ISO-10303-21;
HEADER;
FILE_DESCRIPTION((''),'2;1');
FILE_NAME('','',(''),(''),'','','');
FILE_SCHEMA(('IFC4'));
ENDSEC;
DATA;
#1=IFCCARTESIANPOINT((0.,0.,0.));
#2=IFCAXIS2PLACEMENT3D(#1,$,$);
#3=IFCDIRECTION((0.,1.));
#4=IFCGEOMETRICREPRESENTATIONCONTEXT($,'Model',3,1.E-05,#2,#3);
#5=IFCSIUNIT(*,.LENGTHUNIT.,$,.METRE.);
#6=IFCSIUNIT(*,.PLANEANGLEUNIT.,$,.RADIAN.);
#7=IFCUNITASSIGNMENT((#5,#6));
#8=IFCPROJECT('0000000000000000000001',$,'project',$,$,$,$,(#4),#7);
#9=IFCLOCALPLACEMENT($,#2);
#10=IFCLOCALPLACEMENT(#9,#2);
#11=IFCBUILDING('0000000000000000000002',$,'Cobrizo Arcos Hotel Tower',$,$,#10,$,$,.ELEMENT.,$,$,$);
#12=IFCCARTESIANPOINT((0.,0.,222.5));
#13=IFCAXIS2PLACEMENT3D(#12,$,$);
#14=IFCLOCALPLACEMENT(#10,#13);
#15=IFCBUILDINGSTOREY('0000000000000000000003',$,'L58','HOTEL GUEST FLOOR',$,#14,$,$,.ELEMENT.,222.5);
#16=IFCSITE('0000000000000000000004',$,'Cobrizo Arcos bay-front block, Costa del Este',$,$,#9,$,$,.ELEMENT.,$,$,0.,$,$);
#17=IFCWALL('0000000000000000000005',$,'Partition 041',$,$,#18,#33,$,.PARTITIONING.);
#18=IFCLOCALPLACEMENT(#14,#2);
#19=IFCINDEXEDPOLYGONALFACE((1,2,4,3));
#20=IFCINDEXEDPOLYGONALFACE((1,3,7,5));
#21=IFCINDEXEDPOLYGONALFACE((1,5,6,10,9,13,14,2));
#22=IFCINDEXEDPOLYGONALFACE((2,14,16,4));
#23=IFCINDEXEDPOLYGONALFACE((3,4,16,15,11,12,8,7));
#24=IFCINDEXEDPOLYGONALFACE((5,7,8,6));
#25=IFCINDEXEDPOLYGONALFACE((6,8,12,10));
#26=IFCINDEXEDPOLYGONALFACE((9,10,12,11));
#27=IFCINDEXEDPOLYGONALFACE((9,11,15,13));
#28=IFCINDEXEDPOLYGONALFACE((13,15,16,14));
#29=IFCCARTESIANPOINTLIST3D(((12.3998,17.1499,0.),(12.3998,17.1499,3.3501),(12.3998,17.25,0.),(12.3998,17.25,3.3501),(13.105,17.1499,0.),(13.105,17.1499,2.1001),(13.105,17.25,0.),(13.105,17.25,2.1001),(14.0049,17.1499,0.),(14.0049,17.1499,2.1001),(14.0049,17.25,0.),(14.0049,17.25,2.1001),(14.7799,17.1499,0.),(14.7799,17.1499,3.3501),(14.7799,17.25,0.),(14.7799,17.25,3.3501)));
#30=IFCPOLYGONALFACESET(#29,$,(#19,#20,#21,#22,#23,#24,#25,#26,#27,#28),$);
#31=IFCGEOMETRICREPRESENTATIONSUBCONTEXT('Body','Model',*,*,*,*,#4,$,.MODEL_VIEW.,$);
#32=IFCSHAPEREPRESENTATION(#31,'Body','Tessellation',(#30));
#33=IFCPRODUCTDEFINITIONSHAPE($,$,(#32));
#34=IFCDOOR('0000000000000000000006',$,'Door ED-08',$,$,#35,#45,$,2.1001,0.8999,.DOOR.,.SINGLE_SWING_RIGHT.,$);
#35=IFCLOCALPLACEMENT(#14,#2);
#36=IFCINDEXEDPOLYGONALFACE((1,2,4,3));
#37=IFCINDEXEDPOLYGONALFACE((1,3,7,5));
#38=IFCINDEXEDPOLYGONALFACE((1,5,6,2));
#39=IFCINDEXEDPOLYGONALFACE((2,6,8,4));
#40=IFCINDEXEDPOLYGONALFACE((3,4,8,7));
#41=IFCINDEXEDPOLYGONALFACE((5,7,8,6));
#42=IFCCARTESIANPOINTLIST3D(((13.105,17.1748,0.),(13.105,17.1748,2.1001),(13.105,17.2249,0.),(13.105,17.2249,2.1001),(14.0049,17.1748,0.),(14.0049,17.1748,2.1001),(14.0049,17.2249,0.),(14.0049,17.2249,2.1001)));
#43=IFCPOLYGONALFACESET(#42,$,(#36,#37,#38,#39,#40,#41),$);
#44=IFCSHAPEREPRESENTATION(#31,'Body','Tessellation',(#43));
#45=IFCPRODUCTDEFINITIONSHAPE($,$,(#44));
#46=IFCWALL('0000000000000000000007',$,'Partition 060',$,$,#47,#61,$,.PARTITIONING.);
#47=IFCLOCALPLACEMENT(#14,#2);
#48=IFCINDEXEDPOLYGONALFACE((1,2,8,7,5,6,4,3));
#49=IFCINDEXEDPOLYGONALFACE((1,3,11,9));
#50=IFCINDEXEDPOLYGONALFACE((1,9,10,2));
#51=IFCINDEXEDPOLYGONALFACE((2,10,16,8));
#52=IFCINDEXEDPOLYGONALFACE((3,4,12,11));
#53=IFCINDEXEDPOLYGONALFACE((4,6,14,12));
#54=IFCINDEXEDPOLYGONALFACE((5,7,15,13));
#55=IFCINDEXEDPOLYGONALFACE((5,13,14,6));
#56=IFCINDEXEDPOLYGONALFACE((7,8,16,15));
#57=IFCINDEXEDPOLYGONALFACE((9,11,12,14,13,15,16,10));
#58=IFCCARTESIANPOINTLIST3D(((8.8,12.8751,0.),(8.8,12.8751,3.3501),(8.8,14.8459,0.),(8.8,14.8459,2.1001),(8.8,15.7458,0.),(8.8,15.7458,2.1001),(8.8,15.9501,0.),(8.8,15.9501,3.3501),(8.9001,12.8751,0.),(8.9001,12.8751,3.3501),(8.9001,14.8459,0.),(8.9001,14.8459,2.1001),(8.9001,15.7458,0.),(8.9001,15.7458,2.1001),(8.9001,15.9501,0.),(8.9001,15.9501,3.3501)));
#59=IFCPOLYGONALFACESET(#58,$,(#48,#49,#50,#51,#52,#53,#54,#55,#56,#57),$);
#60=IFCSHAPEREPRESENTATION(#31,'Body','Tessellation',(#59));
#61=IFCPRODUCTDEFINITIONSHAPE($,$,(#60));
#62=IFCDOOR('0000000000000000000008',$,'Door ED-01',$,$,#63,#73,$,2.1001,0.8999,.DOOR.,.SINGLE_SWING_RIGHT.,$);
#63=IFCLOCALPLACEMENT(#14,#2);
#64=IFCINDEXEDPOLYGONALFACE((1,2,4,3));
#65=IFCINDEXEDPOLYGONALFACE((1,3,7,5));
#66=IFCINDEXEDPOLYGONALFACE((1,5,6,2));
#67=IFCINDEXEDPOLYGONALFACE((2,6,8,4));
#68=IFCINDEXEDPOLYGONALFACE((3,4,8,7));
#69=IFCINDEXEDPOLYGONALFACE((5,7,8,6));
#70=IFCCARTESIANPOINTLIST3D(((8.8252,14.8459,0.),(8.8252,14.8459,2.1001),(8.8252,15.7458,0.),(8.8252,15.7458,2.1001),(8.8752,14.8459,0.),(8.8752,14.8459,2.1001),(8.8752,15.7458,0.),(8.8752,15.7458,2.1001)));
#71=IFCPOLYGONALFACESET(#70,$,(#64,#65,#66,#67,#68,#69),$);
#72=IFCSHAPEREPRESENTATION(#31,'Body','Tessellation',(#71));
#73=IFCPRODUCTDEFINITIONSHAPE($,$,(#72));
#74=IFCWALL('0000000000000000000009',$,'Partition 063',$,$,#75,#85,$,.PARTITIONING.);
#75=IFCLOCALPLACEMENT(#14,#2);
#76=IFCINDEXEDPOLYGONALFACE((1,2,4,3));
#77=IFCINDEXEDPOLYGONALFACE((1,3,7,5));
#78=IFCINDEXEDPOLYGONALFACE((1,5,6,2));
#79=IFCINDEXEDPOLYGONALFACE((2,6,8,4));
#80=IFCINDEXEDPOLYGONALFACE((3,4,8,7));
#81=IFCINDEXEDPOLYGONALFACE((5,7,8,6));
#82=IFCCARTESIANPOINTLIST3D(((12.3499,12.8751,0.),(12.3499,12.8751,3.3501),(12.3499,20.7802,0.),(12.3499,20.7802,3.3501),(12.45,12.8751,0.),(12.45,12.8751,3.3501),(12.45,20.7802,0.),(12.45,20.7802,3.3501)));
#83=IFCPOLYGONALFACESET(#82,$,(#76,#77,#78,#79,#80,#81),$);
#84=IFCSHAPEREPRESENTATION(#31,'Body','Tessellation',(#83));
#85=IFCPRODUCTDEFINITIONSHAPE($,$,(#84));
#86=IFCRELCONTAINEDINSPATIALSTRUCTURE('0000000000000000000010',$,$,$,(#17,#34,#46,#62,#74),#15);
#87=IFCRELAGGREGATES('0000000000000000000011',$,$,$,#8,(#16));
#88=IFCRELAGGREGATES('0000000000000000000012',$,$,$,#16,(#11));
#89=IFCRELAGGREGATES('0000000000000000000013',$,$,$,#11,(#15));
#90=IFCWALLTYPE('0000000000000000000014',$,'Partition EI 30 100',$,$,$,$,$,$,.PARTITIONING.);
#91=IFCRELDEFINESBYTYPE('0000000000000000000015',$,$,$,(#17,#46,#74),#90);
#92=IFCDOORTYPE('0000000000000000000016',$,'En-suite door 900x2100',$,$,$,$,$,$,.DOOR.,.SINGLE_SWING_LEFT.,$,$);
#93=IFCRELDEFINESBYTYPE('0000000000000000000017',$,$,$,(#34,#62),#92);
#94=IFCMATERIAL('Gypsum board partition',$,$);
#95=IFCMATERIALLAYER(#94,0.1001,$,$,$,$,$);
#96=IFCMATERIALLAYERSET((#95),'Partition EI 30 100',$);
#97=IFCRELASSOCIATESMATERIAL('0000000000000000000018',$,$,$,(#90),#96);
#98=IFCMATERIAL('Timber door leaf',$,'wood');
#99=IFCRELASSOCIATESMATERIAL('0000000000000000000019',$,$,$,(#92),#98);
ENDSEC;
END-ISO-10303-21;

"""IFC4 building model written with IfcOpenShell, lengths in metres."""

from ifc_helpers import new_model, si_unit, direction, frame, frame_2d, origin, place, context, subcontext, project, spatial, rectangle, extrude, material, layer, layer_set, type_object, element, fill, save


model = new_model("IFC4")

# Units and contexts
model_context = context("Model", 3, precision=1e-05, world=origin(), true_north=direction((0.0, 1.0)))
body_context = subcontext(model_context, "Body", "Model", "MODEL_VIEW")
ifc_project = project(units=[si_unit("LENGTHUNIT", "METRE"), si_unit("PLANEANGLEUNIT", "RADIAN")], contexts=[model_context])

# Site, building, storey
site_placement = place(None, origin())
site = spatial("IfcSite", under=ifc_project, at=site_placement, Name="Cobrizo Arcos bay-front block, Costa del Este", CompositionType="ELEMENT", RefElevation=0.0)
building_placement = place(site_placement, origin())
building = spatial("IfcBuilding", under=site, at=building_placement, Name="Cobrizo Arcos Hotel Tower", CompositionType="ELEMENT")
storey_placement = place(building_placement, frame((0.0, 0.0, 222.5)))
storey = spatial("IfcBuildingStorey", under=building, at=storey_placement, Name="L58", Description="HOTEL GUEST FLOOR", CompositionType="ELEMENT", Elevation=222.5)

# Shared definitions
ifc_material_1 = material(Name="Gypsum board partition")
ifc_material_2 = material(Name="Timber door leaf", Category="wood")

# Shared definitions
ifc_layer_1 = layer(ifc_material_1, 0.1001)
ifc_layer_set_1 = layer_set([ifc_layer_1], Name="Partition EI 30 100")
wall_type_1 = type_object("IfcWallType", Name="Partition EI 30 100", PredefinedType="PARTITIONING", material=ifc_layer_set_1)

# Walls, openings, doors
wall_1_placement = place(storey_placement, frame((12.3999, 17.2, 0.0), z_axis=(0.0, 0.0, 1.0), x_axis=(1.0, 0.0, 0.0)))
wall_1 = element("IfcWall", 1, at=wall_1_placement, inside=storey, type_object=wall_type_1, Name="Partition 041", PredefinedType="PARTITIONING", context=body_context, shape_type="SweptSolid", body=[
    extrude(rectangle(XDim=2.3801, YDim=0.1001, at=frame_2d((1.1899, 0.0))), origin(), (0.0, 0.0, 1.0), 3.3501),
])
opening_1_placement = place(wall_1_placement, frame((0.7051, 0.0, 0.0)))
opening_1 = element("IfcOpeningElement", 2, at=opening_1_placement, cuts=wall_1, PredefinedType="OPENING", context=body_context, shape_type="SweptSolid", body=[
    extrude(rectangle(XDim=0.8999, YDim=2.1001, at=frame_2d((0.45, 1.05))), frame((0.0, 0.062, 0.0), z_axis=(0.0, -1.0, 0.0), x_axis=(1.0, 0.0, 0.0)), (0.0, 0.0, 1.0), 0.124),
])
door_type_1 = type_object("IfcDoorType", Name="En-suite door 900x2100", OperationType="SINGLE_SWING_LEFT", PredefinedType="DOOR", material=ifc_material_2)
door_1_placement = place(opening_1_placement, origin())
door_1 = element("IfcDoor", 3, at=door_1_placement, inside=storey, type_object=door_type_1, Name="Door ED-08", OperationType="SINGLE_SWING_RIGHT", OverallHeight=2.1001, OverallWidth=0.8999, PredefinedType="DOOR", context=body_context, shape_type="SweptSolid", body=[
    extrude(rectangle(XDim=0.8999, YDim=2.1001, at=frame_2d((0.45, 1.05))), frame((0.0, 0.0249, 0.0), z_axis=(0.0, -1.0, 0.0), x_axis=(1.0, 0.0, 0.0)), (0.0, 0.0, 1.0), 0.05),
])
fill(opening_1, door_1)
wall_2_placement = place(storey_placement, frame((8.8501, 12.875, 0.0), z_axis=(0.0, 0.0, 1.0), x_axis=(0.0, 1.0, 0.0)))
wall_2 = element("IfcWall", 4, at=wall_2_placement, inside=storey, type_object=wall_type_1, Name="Partition 060", PredefinedType="PARTITIONING", context=body_context, shape_type="SweptSolid", body=[
    extrude(rectangle(XDim=3.075, YDim=0.1001, at=frame_2d((1.5376, 0.0))), origin(), (0.0, 0.0, 1.0), 3.3501),
])
opening_2_placement = place(wall_2_placement, frame((1.9709, 0.0, 0.0)))
opening_2 = element("IfcOpeningElement", 5, at=opening_2_placement, cuts=wall_2, PredefinedType="OPENING", context=body_context, shape_type="SweptSolid", body=[
    extrude(rectangle(XDim=0.8999, YDim=2.1001, at=frame_2d((0.45, 1.05))), frame((0.0, 0.062, 0.0), z_axis=(0.0, -1.0, 0.0), x_axis=(1.0, 0.0, 0.0)), (0.0, 0.0, 1.0), 0.124),
])
door_2_placement = place(opening_2_placement, origin())
door_2 = element("IfcDoor", 6, at=door_2_placement, inside=storey, type_object=door_type_1, Name="Door ED-01", OperationType="SINGLE_SWING_RIGHT", OverallHeight=2.1001, OverallWidth=0.8999, PredefinedType="DOOR", context=body_context, shape_type="SweptSolid", body=[
    extrude(rectangle(XDim=0.8999, YDim=2.1001, at=frame_2d((0.45, 1.05))), frame((0.0, 0.0249, 0.0), z_axis=(0.0, -1.0, 0.0), x_axis=(1.0, 0.0, 0.0)), (0.0, 0.0, 1.0), 0.05),
])
fill(opening_2, door_2)

# Wall
wall_3_placement = place(storey_placement, frame((12.3999, 12.875, 0.0), z_axis=(0.0, 0.0, 1.0), x_axis=(0.0, 1.0, 0.0)))
element("IfcWall", 7, at=wall_3_placement, inside=storey, type_object=wall_type_1, Name="Partition 063", PredefinedType="PARTITIONING", context=body_context, shape_type="SweptSolid", body=[
    extrude(rectangle(XDim=7.905, YDim=0.1001, at=frame_2d((3.9526, 0.0))), origin(), (0.0, 0.0, 1.0), 3.3501),
])

save(model, "model.ifc")
